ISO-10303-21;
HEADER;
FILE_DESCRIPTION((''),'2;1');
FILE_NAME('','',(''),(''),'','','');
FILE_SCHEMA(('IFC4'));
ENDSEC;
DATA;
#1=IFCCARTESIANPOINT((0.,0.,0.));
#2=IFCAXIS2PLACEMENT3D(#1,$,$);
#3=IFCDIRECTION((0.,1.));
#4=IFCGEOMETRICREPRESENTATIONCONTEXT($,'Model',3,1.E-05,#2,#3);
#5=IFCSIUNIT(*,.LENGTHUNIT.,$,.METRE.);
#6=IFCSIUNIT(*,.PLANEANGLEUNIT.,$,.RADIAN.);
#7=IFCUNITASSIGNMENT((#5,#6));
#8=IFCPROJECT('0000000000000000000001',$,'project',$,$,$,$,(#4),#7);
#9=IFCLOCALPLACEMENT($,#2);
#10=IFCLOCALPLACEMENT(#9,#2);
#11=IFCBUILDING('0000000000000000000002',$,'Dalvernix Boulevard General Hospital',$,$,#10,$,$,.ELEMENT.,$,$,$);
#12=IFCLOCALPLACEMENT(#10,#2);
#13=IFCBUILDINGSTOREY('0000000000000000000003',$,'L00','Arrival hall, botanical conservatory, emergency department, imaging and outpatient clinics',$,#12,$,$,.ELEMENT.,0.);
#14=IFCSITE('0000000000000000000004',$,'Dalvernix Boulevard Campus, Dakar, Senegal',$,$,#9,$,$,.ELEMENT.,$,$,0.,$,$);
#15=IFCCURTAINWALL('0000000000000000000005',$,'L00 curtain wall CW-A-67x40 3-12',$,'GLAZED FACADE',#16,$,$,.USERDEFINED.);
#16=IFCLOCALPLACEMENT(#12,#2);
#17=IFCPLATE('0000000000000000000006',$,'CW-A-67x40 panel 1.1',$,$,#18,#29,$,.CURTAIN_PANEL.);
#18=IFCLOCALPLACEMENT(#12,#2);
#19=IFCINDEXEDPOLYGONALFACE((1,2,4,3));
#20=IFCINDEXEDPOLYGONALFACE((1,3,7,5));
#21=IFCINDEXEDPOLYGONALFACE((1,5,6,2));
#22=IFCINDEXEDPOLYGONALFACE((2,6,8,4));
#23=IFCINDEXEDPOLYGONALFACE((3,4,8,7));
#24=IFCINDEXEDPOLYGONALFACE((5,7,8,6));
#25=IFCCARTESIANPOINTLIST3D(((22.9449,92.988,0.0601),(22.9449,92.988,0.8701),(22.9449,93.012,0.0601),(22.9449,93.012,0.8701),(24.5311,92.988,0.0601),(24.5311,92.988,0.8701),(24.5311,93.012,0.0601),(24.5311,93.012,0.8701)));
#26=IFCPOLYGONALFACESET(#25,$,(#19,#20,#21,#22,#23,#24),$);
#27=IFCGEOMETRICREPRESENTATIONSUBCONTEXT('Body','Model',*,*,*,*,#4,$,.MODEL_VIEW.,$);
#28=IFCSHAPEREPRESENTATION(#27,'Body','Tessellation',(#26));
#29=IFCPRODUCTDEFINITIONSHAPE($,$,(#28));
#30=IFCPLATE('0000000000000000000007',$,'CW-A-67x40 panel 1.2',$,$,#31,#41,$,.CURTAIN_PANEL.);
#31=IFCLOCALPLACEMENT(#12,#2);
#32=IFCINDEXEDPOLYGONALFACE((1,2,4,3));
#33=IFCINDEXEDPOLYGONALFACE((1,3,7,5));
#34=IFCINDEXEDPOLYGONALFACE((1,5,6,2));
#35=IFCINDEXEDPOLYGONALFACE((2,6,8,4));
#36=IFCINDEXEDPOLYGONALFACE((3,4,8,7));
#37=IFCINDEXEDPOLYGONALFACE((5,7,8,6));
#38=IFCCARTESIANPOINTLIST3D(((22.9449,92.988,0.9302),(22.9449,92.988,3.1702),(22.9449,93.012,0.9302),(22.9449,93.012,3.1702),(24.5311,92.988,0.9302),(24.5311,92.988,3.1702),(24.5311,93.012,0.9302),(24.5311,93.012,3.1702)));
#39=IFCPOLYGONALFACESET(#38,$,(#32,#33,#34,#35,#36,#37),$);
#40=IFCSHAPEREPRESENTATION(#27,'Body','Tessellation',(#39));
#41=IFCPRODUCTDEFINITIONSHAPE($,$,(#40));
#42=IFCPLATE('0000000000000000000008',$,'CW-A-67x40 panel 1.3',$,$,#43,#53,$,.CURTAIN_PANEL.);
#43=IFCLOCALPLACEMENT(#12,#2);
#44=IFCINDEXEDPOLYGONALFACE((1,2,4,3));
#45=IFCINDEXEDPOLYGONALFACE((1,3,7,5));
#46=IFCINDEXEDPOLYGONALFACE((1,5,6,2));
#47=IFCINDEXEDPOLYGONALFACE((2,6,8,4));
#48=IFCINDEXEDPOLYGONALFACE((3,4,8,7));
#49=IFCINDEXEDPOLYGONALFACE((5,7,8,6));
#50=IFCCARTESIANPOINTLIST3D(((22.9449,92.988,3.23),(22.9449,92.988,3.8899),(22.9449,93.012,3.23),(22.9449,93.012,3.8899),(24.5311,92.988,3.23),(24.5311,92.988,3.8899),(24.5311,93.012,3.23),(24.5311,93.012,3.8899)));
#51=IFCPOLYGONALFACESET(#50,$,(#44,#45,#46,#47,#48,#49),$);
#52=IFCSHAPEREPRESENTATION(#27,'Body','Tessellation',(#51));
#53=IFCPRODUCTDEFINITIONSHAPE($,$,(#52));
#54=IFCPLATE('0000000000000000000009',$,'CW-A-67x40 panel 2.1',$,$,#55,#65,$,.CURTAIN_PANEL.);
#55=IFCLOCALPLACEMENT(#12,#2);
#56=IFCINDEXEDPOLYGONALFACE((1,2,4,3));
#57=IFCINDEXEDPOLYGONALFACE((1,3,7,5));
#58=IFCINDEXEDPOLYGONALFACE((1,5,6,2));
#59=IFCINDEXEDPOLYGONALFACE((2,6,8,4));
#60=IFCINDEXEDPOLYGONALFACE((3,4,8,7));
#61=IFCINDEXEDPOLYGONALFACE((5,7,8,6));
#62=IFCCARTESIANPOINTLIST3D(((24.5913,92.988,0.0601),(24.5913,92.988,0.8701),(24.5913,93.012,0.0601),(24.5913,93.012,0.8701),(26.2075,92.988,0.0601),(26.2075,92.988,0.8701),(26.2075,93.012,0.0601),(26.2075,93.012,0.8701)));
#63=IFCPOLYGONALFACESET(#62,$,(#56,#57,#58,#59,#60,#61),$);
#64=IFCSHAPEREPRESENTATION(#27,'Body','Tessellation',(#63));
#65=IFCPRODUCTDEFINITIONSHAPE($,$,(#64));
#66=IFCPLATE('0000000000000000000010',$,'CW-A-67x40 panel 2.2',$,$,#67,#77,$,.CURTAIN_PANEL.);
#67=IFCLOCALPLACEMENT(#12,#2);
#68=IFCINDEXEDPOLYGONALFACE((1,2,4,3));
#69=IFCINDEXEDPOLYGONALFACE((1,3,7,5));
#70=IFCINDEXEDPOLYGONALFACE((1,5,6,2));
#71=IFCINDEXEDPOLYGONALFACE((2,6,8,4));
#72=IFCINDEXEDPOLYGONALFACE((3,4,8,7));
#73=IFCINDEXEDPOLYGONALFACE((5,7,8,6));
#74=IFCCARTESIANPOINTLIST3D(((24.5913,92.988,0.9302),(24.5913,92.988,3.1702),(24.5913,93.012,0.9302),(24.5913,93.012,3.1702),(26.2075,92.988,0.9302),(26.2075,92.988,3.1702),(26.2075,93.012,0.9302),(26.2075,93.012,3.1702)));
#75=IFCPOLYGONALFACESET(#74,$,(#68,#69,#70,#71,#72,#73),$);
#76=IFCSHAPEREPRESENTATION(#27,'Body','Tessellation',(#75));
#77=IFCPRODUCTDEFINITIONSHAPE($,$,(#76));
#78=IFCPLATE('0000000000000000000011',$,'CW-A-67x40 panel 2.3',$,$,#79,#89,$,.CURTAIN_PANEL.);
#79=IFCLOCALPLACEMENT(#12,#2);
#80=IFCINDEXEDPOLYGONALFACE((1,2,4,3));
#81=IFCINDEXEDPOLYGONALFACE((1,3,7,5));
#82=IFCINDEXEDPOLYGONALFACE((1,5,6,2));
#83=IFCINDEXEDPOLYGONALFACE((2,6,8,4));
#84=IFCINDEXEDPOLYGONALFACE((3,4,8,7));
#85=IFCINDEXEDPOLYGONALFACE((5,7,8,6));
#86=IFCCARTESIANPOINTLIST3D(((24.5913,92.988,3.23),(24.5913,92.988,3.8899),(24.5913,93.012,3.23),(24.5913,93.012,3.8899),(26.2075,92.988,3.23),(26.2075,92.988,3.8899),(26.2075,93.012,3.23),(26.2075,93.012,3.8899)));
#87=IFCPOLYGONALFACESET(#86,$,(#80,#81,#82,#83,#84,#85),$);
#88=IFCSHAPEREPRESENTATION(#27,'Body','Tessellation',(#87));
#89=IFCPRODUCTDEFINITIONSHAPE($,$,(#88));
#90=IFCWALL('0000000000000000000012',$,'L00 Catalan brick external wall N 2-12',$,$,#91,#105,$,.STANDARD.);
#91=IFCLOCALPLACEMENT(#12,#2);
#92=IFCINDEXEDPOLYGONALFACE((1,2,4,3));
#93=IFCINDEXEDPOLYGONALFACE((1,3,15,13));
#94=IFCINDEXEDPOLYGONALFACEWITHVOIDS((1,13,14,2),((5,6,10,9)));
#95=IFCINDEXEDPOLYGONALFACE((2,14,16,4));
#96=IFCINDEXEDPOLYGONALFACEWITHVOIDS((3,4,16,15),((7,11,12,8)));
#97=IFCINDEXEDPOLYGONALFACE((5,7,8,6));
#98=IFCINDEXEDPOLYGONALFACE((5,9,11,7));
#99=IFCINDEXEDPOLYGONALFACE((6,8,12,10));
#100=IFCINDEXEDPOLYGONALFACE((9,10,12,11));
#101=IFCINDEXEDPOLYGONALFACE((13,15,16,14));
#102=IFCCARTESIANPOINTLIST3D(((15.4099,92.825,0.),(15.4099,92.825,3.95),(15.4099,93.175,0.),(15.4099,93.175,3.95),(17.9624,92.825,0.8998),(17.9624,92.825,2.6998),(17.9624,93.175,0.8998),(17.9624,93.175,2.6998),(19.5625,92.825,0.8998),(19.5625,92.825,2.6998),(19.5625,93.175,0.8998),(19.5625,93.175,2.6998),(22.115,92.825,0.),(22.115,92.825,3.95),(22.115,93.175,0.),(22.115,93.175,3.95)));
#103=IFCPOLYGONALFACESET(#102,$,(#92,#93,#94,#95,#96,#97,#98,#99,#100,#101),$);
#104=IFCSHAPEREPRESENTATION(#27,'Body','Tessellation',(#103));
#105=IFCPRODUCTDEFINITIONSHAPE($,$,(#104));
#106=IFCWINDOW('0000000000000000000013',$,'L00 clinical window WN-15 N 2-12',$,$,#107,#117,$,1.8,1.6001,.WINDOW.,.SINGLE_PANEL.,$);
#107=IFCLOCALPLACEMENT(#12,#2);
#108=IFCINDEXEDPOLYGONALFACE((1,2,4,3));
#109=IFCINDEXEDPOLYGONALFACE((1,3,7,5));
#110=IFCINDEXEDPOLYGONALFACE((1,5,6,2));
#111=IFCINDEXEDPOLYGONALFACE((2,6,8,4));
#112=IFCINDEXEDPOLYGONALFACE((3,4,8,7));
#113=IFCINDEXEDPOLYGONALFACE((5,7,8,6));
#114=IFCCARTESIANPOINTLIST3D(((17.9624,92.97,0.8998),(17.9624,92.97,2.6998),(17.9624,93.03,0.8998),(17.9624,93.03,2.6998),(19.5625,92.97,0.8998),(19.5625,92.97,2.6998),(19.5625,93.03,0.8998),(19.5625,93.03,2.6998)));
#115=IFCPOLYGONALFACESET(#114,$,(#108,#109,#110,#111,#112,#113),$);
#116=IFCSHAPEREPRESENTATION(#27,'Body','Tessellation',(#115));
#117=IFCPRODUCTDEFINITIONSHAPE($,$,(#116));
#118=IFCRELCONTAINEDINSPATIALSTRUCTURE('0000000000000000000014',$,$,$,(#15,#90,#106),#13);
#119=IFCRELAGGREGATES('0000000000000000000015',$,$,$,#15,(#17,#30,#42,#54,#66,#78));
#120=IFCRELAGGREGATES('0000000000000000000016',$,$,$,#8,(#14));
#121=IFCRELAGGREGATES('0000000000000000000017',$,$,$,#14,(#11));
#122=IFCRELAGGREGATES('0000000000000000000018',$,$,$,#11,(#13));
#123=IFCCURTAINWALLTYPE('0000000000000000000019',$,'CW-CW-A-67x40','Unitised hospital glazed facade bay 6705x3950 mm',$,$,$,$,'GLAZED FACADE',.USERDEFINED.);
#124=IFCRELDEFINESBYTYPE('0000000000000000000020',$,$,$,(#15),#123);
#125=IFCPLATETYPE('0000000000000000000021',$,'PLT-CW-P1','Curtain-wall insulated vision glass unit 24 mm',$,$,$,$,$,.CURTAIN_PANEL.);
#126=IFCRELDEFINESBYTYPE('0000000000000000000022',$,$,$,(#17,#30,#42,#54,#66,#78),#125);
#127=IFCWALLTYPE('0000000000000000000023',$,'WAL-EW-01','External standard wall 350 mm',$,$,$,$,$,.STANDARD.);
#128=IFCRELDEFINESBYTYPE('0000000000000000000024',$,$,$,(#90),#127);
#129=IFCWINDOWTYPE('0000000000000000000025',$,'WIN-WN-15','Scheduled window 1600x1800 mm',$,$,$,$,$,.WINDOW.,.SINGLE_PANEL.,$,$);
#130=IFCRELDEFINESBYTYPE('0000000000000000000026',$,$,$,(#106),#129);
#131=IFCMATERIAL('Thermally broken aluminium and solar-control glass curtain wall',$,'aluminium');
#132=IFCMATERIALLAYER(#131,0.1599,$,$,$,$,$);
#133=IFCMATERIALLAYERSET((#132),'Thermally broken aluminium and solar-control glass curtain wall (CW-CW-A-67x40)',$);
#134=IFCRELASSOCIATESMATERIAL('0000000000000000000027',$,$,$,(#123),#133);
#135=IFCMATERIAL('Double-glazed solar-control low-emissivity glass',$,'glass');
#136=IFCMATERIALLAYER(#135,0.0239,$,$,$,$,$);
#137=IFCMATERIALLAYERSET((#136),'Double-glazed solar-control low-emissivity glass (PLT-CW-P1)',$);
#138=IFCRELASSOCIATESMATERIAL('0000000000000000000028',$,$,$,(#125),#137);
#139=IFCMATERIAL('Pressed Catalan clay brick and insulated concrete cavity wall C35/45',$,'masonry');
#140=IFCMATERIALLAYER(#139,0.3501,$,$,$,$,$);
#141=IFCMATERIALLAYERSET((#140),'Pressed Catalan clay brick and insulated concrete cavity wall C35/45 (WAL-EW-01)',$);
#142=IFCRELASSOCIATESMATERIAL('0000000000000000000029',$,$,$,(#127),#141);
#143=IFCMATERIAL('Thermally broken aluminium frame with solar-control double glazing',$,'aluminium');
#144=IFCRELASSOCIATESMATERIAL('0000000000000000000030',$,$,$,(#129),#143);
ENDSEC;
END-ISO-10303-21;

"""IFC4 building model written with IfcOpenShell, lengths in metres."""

from ifc_helpers import new_model, si_unit, direction, frame, frame_2d, origin, origin_2d, place, context, subcontext, project, spatial, rectangle, extrude, material, layer, layer_set, type_object, element, fill, aggregate, save


model = new_model("IFC4")

# Units and contexts
model_context = context("Model", 3, precision=1e-05, world=origin(), true_north=direction((0.0, 1.0)))
body_context = subcontext(model_context, "Body", "Model", "MODEL_VIEW")
ifc_project = project(units=[si_unit("LENGTHUNIT", "METRE"), si_unit("PLANEANGLEUNIT", "RADIAN")], contexts=[model_context])

# Site, building, storey
site_placement = place(None, origin())
site = spatial("IfcSite", under=ifc_project, at=site_placement, Name="Dalvernix Boulevard Campus, Dakar, Senegal", CompositionType="ELEMENT", RefElevation=0.0)
building_placement = place(site_placement, origin())
building = spatial("IfcBuilding", under=site, at=building_placement, Name="Dalvernix Boulevard General Hospital", CompositionType="ELEMENT")
storey_placement = place(building_placement, origin())
storey = spatial("IfcBuildingStorey", under=building, at=storey_placement, Name="L00", Description="Arrival hall, botanical conservatory, emergency department, imaging and outpatient clinics", CompositionType="ELEMENT", Elevation=0.0)

# Curtain wall, plates
ifc_material_1 = material(Name="Thermally broken aluminium and solar-control glass curtain wall", Category="aluminium")
ifc_layer_1 = layer(ifc_material_1, 0.1599)
ifc_layer_set_1 = layer_set([ifc_layer_1], Name="Thermally broken aluminium and solar-control glass curtain wall (CW-CW-A-67x40)")
curtain_wall_type = type_object("IfcCurtainWallType", Name="CW-CW-A-67x40", Description="Unitised hospital glazed facade bay 6705x3950 mm", ElementType="GLAZED FACADE", PredefinedType="USERDEFINED", material=ifc_layer_set_1)
curtain_wall_placement = place(storey_placement, origin())
curtain_wall = element("IfcCurtainWall", 1, at=curtain_wall_placement, inside=storey, type_object=curtain_wall_type, Name="L00 curtain wall CW-A-67x40 3-12", ObjectType="GLAZED FACADE", PredefinedType="USERDEFINED")
ifc_material_2 = material(Name="Double-glazed solar-control low-emissivity glass", Category="glass")
ifc_layer_2 = layer(ifc_material_2, 0.0239)
ifc_layer_set_2 = layer_set([ifc_layer_2], Name="Double-glazed solar-control low-emissivity glass (PLT-CW-P1)")
plate_type = type_object("IfcPlateType", Name="PLT-CW-P1", Description="Curtain-wall insulated vision glass unit 24 mm", PredefinedType="CURTAIN_PANEL", material=ifc_layer_set_2)
plate_1_placement = place(storey_placement, frame((23.738, 93.0, 0.0601), z_axis=(0.0, 0.0, 1.0), x_axis=(1.0, 0.0, 0.0)))
plate_1 = element("IfcPlate", 2, at=plate_1_placement, type_object=plate_type, Name="CW-A-67x40 panel 1.1", PredefinedType="CURTAIN_PANEL", context=body_context, shape_type="SweptSolid", body=[
    extrude(rectangle(XDim=1.5862, YDim=0.0239, at=origin_2d()), origin(), (0.0, 0.0, 1.0), 0.8101),
])
plate_2_placement = place(storey_placement, frame((23.738, 93.0, 0.9302), z_axis=(0.0, 0.0, 1.0), x_axis=(1.0, 0.0, 0.0)))
plate_2 = element("IfcPlate", 3, at=plate_2_placement, type_object=plate_type, Name="CW-A-67x40 panel 1.2", PredefinedType="CURTAIN_PANEL", context=body_context, shape_type="SweptSolid", body=[
    extrude(rectangle(XDim=1.5862, YDim=0.0239, at=origin_2d()), origin(), (0.0, 0.0, 1.0), 2.24),
])
plate_3_placement = place(storey_placement, frame((23.738, 93.0, 3.23), z_axis=(0.0, 0.0, 1.0), x_axis=(1.0, 0.0, 0.0)))
plate_3 = element("IfcPlate", 4, at=plate_3_placement, type_object=plate_type, Name="CW-A-67x40 panel 1.3", PredefinedType="CURTAIN_PANEL", context=body_context, shape_type="SweptSolid", body=[
    extrude(rectangle(XDim=1.5862, YDim=0.0239, at=origin_2d()), origin(), (0.0, 0.0, 1.0), 0.6599),
])
plate_4_placement = place(storey_placement, frame((25.3994, 93.0, 0.0601), z_axis=(0.0, 0.0, 1.0), x_axis=(1.0, 0.0, 0.0)))
plate_4 = element("IfcPlate", 5, at=plate_4_placement, type_object=plate_type, Name="CW-A-67x40 panel 2.1", PredefinedType="CURTAIN_PANEL", context=body_context, shape_type="SweptSolid", body=[
    extrude(rectangle(XDim=1.6162, YDim=0.0239, at=origin_2d()), origin(), (0.0, 0.0, 1.0), 0.8101),
])
plate_5_placement = place(storey_placement, frame((25.3994, 93.0, 0.9302), z_axis=(0.0, 0.0, 1.0), x_axis=(1.0, 0.0, 0.0)))
plate_5 = element("IfcPlate", 6, at=plate_5_placement, type_object=plate_type, Name="CW-A-67x40 panel 2.2", PredefinedType="CURTAIN_PANEL", context=body_context, shape_type="SweptSolid", body=[
    extrude(rectangle(XDim=1.6162, YDim=0.0239, at=origin_2d()), origin(), (0.0, 0.0, 1.0), 2.24),
])
plate_6_placement = place(storey_placement, frame((25.3994, 93.0, 3.23), z_axis=(0.0, 0.0, 1.0), x_axis=(1.0, 0.0, 0.0)))
plate_6 = element("IfcPlate", 7, at=plate_6_placement, type_object=plate_type, Name="CW-A-67x40 panel 2.3", PredefinedType="CURTAIN_PANEL", context=body_context, shape_type="SweptSolid", body=[
    extrude(rectangle(XDim=1.6162, YDim=0.0239, at=origin_2d()), origin(), (0.0, 0.0, 1.0), 0.6599),
])
aggregate(curtain_wall, [plate_1, plate_2, plate_3, plate_4, plate_5, plate_6])

# Wall, opening, window
ifc_material_3 = material(Name="Pressed Catalan clay brick and insulated concrete cavity wall C35/45", Category="masonry")
ifc_layer_3 = layer(ifc_material_3, 0.3501)
ifc_layer_set_3 = layer_set([ifc_layer_3], Name="Pressed Catalan clay brick and insulated concrete cavity wall C35/45 (WAL-EW-01)")
wall_type = type_object("IfcWallType", Name="WAL-EW-01", Description="External standard wall 350 mm", PredefinedType="STANDARD", material=ifc_layer_set_3)
wall_placement = place(storey_placement, frame((15.4099, 93.0, 0.0), z_axis=(0.0, 0.0, 1.0), x_axis=(1.0, 0.0, 0.0)))
wall = element("IfcWall", 8, at=wall_placement, inside=storey, type_object=wall_type, Name="L00 Catalan brick external wall N 2-12", PredefinedType="STANDARD", context=body_context, shape_type="SweptSolid", body=[
    extrude(rectangle(XDim=6.7051, YDim=0.3501, at=frame_2d((3.3525, 0.0))), origin(), (0.0, 0.0, 1.0), 3.95),
])
opening_placement = place(wall_placement, frame((2.5525, 0.0, 0.8999)))
opening = element("IfcOpeningElement", 9, at=opening_placement, cuts=wall, PredefinedType="OPENING", context=body_context, shape_type="SweptSolid", body=[
    extrude(rectangle(XDim=1.6001, YDim=1.8, at=frame_2d((0.8, 0.8999))), frame((0.0, 0.1851, 0.0), z_axis=(0.0, -1.0, 0.0), x_axis=(1.0, 0.0, 0.0)), (0.0, 0.0, 1.0), 0.3701),
])
ifc_material_4 = material(Name="Thermally broken aluminium frame with solar-control double glazing", Category="aluminium")
window_type = type_object("IfcWindowType", Name="WIN-WN-15", Description="Scheduled window 1600x1800 mm", PartitioningType="SINGLE_PANEL", PredefinedType="WINDOW", material=ifc_material_4)
window_placement = place(opening_placement, origin())
window = element("IfcWindow", 10, at=window_placement, inside=storey, type_object=window_type, Name="L00 clinical window WN-15 N 2-12", OverallHeight=1.8, OverallWidth=1.6001, PartitioningType="SINGLE_PANEL", PredefinedType="WINDOW", context=body_context, shape_type="SweptSolid", body=[
    extrude(rectangle(XDim=1.6001, YDim=1.8, at=frame_2d((0.8, 0.8999))), frame((0.0, 0.03, 0.0), z_axis=(0.0, -1.0, 0.0), x_axis=(1.0, 0.0, 0.0)), (0.0, 0.0, 1.0), 0.0601),
])
fill(opening, window)

save(model, "model.ifc")
